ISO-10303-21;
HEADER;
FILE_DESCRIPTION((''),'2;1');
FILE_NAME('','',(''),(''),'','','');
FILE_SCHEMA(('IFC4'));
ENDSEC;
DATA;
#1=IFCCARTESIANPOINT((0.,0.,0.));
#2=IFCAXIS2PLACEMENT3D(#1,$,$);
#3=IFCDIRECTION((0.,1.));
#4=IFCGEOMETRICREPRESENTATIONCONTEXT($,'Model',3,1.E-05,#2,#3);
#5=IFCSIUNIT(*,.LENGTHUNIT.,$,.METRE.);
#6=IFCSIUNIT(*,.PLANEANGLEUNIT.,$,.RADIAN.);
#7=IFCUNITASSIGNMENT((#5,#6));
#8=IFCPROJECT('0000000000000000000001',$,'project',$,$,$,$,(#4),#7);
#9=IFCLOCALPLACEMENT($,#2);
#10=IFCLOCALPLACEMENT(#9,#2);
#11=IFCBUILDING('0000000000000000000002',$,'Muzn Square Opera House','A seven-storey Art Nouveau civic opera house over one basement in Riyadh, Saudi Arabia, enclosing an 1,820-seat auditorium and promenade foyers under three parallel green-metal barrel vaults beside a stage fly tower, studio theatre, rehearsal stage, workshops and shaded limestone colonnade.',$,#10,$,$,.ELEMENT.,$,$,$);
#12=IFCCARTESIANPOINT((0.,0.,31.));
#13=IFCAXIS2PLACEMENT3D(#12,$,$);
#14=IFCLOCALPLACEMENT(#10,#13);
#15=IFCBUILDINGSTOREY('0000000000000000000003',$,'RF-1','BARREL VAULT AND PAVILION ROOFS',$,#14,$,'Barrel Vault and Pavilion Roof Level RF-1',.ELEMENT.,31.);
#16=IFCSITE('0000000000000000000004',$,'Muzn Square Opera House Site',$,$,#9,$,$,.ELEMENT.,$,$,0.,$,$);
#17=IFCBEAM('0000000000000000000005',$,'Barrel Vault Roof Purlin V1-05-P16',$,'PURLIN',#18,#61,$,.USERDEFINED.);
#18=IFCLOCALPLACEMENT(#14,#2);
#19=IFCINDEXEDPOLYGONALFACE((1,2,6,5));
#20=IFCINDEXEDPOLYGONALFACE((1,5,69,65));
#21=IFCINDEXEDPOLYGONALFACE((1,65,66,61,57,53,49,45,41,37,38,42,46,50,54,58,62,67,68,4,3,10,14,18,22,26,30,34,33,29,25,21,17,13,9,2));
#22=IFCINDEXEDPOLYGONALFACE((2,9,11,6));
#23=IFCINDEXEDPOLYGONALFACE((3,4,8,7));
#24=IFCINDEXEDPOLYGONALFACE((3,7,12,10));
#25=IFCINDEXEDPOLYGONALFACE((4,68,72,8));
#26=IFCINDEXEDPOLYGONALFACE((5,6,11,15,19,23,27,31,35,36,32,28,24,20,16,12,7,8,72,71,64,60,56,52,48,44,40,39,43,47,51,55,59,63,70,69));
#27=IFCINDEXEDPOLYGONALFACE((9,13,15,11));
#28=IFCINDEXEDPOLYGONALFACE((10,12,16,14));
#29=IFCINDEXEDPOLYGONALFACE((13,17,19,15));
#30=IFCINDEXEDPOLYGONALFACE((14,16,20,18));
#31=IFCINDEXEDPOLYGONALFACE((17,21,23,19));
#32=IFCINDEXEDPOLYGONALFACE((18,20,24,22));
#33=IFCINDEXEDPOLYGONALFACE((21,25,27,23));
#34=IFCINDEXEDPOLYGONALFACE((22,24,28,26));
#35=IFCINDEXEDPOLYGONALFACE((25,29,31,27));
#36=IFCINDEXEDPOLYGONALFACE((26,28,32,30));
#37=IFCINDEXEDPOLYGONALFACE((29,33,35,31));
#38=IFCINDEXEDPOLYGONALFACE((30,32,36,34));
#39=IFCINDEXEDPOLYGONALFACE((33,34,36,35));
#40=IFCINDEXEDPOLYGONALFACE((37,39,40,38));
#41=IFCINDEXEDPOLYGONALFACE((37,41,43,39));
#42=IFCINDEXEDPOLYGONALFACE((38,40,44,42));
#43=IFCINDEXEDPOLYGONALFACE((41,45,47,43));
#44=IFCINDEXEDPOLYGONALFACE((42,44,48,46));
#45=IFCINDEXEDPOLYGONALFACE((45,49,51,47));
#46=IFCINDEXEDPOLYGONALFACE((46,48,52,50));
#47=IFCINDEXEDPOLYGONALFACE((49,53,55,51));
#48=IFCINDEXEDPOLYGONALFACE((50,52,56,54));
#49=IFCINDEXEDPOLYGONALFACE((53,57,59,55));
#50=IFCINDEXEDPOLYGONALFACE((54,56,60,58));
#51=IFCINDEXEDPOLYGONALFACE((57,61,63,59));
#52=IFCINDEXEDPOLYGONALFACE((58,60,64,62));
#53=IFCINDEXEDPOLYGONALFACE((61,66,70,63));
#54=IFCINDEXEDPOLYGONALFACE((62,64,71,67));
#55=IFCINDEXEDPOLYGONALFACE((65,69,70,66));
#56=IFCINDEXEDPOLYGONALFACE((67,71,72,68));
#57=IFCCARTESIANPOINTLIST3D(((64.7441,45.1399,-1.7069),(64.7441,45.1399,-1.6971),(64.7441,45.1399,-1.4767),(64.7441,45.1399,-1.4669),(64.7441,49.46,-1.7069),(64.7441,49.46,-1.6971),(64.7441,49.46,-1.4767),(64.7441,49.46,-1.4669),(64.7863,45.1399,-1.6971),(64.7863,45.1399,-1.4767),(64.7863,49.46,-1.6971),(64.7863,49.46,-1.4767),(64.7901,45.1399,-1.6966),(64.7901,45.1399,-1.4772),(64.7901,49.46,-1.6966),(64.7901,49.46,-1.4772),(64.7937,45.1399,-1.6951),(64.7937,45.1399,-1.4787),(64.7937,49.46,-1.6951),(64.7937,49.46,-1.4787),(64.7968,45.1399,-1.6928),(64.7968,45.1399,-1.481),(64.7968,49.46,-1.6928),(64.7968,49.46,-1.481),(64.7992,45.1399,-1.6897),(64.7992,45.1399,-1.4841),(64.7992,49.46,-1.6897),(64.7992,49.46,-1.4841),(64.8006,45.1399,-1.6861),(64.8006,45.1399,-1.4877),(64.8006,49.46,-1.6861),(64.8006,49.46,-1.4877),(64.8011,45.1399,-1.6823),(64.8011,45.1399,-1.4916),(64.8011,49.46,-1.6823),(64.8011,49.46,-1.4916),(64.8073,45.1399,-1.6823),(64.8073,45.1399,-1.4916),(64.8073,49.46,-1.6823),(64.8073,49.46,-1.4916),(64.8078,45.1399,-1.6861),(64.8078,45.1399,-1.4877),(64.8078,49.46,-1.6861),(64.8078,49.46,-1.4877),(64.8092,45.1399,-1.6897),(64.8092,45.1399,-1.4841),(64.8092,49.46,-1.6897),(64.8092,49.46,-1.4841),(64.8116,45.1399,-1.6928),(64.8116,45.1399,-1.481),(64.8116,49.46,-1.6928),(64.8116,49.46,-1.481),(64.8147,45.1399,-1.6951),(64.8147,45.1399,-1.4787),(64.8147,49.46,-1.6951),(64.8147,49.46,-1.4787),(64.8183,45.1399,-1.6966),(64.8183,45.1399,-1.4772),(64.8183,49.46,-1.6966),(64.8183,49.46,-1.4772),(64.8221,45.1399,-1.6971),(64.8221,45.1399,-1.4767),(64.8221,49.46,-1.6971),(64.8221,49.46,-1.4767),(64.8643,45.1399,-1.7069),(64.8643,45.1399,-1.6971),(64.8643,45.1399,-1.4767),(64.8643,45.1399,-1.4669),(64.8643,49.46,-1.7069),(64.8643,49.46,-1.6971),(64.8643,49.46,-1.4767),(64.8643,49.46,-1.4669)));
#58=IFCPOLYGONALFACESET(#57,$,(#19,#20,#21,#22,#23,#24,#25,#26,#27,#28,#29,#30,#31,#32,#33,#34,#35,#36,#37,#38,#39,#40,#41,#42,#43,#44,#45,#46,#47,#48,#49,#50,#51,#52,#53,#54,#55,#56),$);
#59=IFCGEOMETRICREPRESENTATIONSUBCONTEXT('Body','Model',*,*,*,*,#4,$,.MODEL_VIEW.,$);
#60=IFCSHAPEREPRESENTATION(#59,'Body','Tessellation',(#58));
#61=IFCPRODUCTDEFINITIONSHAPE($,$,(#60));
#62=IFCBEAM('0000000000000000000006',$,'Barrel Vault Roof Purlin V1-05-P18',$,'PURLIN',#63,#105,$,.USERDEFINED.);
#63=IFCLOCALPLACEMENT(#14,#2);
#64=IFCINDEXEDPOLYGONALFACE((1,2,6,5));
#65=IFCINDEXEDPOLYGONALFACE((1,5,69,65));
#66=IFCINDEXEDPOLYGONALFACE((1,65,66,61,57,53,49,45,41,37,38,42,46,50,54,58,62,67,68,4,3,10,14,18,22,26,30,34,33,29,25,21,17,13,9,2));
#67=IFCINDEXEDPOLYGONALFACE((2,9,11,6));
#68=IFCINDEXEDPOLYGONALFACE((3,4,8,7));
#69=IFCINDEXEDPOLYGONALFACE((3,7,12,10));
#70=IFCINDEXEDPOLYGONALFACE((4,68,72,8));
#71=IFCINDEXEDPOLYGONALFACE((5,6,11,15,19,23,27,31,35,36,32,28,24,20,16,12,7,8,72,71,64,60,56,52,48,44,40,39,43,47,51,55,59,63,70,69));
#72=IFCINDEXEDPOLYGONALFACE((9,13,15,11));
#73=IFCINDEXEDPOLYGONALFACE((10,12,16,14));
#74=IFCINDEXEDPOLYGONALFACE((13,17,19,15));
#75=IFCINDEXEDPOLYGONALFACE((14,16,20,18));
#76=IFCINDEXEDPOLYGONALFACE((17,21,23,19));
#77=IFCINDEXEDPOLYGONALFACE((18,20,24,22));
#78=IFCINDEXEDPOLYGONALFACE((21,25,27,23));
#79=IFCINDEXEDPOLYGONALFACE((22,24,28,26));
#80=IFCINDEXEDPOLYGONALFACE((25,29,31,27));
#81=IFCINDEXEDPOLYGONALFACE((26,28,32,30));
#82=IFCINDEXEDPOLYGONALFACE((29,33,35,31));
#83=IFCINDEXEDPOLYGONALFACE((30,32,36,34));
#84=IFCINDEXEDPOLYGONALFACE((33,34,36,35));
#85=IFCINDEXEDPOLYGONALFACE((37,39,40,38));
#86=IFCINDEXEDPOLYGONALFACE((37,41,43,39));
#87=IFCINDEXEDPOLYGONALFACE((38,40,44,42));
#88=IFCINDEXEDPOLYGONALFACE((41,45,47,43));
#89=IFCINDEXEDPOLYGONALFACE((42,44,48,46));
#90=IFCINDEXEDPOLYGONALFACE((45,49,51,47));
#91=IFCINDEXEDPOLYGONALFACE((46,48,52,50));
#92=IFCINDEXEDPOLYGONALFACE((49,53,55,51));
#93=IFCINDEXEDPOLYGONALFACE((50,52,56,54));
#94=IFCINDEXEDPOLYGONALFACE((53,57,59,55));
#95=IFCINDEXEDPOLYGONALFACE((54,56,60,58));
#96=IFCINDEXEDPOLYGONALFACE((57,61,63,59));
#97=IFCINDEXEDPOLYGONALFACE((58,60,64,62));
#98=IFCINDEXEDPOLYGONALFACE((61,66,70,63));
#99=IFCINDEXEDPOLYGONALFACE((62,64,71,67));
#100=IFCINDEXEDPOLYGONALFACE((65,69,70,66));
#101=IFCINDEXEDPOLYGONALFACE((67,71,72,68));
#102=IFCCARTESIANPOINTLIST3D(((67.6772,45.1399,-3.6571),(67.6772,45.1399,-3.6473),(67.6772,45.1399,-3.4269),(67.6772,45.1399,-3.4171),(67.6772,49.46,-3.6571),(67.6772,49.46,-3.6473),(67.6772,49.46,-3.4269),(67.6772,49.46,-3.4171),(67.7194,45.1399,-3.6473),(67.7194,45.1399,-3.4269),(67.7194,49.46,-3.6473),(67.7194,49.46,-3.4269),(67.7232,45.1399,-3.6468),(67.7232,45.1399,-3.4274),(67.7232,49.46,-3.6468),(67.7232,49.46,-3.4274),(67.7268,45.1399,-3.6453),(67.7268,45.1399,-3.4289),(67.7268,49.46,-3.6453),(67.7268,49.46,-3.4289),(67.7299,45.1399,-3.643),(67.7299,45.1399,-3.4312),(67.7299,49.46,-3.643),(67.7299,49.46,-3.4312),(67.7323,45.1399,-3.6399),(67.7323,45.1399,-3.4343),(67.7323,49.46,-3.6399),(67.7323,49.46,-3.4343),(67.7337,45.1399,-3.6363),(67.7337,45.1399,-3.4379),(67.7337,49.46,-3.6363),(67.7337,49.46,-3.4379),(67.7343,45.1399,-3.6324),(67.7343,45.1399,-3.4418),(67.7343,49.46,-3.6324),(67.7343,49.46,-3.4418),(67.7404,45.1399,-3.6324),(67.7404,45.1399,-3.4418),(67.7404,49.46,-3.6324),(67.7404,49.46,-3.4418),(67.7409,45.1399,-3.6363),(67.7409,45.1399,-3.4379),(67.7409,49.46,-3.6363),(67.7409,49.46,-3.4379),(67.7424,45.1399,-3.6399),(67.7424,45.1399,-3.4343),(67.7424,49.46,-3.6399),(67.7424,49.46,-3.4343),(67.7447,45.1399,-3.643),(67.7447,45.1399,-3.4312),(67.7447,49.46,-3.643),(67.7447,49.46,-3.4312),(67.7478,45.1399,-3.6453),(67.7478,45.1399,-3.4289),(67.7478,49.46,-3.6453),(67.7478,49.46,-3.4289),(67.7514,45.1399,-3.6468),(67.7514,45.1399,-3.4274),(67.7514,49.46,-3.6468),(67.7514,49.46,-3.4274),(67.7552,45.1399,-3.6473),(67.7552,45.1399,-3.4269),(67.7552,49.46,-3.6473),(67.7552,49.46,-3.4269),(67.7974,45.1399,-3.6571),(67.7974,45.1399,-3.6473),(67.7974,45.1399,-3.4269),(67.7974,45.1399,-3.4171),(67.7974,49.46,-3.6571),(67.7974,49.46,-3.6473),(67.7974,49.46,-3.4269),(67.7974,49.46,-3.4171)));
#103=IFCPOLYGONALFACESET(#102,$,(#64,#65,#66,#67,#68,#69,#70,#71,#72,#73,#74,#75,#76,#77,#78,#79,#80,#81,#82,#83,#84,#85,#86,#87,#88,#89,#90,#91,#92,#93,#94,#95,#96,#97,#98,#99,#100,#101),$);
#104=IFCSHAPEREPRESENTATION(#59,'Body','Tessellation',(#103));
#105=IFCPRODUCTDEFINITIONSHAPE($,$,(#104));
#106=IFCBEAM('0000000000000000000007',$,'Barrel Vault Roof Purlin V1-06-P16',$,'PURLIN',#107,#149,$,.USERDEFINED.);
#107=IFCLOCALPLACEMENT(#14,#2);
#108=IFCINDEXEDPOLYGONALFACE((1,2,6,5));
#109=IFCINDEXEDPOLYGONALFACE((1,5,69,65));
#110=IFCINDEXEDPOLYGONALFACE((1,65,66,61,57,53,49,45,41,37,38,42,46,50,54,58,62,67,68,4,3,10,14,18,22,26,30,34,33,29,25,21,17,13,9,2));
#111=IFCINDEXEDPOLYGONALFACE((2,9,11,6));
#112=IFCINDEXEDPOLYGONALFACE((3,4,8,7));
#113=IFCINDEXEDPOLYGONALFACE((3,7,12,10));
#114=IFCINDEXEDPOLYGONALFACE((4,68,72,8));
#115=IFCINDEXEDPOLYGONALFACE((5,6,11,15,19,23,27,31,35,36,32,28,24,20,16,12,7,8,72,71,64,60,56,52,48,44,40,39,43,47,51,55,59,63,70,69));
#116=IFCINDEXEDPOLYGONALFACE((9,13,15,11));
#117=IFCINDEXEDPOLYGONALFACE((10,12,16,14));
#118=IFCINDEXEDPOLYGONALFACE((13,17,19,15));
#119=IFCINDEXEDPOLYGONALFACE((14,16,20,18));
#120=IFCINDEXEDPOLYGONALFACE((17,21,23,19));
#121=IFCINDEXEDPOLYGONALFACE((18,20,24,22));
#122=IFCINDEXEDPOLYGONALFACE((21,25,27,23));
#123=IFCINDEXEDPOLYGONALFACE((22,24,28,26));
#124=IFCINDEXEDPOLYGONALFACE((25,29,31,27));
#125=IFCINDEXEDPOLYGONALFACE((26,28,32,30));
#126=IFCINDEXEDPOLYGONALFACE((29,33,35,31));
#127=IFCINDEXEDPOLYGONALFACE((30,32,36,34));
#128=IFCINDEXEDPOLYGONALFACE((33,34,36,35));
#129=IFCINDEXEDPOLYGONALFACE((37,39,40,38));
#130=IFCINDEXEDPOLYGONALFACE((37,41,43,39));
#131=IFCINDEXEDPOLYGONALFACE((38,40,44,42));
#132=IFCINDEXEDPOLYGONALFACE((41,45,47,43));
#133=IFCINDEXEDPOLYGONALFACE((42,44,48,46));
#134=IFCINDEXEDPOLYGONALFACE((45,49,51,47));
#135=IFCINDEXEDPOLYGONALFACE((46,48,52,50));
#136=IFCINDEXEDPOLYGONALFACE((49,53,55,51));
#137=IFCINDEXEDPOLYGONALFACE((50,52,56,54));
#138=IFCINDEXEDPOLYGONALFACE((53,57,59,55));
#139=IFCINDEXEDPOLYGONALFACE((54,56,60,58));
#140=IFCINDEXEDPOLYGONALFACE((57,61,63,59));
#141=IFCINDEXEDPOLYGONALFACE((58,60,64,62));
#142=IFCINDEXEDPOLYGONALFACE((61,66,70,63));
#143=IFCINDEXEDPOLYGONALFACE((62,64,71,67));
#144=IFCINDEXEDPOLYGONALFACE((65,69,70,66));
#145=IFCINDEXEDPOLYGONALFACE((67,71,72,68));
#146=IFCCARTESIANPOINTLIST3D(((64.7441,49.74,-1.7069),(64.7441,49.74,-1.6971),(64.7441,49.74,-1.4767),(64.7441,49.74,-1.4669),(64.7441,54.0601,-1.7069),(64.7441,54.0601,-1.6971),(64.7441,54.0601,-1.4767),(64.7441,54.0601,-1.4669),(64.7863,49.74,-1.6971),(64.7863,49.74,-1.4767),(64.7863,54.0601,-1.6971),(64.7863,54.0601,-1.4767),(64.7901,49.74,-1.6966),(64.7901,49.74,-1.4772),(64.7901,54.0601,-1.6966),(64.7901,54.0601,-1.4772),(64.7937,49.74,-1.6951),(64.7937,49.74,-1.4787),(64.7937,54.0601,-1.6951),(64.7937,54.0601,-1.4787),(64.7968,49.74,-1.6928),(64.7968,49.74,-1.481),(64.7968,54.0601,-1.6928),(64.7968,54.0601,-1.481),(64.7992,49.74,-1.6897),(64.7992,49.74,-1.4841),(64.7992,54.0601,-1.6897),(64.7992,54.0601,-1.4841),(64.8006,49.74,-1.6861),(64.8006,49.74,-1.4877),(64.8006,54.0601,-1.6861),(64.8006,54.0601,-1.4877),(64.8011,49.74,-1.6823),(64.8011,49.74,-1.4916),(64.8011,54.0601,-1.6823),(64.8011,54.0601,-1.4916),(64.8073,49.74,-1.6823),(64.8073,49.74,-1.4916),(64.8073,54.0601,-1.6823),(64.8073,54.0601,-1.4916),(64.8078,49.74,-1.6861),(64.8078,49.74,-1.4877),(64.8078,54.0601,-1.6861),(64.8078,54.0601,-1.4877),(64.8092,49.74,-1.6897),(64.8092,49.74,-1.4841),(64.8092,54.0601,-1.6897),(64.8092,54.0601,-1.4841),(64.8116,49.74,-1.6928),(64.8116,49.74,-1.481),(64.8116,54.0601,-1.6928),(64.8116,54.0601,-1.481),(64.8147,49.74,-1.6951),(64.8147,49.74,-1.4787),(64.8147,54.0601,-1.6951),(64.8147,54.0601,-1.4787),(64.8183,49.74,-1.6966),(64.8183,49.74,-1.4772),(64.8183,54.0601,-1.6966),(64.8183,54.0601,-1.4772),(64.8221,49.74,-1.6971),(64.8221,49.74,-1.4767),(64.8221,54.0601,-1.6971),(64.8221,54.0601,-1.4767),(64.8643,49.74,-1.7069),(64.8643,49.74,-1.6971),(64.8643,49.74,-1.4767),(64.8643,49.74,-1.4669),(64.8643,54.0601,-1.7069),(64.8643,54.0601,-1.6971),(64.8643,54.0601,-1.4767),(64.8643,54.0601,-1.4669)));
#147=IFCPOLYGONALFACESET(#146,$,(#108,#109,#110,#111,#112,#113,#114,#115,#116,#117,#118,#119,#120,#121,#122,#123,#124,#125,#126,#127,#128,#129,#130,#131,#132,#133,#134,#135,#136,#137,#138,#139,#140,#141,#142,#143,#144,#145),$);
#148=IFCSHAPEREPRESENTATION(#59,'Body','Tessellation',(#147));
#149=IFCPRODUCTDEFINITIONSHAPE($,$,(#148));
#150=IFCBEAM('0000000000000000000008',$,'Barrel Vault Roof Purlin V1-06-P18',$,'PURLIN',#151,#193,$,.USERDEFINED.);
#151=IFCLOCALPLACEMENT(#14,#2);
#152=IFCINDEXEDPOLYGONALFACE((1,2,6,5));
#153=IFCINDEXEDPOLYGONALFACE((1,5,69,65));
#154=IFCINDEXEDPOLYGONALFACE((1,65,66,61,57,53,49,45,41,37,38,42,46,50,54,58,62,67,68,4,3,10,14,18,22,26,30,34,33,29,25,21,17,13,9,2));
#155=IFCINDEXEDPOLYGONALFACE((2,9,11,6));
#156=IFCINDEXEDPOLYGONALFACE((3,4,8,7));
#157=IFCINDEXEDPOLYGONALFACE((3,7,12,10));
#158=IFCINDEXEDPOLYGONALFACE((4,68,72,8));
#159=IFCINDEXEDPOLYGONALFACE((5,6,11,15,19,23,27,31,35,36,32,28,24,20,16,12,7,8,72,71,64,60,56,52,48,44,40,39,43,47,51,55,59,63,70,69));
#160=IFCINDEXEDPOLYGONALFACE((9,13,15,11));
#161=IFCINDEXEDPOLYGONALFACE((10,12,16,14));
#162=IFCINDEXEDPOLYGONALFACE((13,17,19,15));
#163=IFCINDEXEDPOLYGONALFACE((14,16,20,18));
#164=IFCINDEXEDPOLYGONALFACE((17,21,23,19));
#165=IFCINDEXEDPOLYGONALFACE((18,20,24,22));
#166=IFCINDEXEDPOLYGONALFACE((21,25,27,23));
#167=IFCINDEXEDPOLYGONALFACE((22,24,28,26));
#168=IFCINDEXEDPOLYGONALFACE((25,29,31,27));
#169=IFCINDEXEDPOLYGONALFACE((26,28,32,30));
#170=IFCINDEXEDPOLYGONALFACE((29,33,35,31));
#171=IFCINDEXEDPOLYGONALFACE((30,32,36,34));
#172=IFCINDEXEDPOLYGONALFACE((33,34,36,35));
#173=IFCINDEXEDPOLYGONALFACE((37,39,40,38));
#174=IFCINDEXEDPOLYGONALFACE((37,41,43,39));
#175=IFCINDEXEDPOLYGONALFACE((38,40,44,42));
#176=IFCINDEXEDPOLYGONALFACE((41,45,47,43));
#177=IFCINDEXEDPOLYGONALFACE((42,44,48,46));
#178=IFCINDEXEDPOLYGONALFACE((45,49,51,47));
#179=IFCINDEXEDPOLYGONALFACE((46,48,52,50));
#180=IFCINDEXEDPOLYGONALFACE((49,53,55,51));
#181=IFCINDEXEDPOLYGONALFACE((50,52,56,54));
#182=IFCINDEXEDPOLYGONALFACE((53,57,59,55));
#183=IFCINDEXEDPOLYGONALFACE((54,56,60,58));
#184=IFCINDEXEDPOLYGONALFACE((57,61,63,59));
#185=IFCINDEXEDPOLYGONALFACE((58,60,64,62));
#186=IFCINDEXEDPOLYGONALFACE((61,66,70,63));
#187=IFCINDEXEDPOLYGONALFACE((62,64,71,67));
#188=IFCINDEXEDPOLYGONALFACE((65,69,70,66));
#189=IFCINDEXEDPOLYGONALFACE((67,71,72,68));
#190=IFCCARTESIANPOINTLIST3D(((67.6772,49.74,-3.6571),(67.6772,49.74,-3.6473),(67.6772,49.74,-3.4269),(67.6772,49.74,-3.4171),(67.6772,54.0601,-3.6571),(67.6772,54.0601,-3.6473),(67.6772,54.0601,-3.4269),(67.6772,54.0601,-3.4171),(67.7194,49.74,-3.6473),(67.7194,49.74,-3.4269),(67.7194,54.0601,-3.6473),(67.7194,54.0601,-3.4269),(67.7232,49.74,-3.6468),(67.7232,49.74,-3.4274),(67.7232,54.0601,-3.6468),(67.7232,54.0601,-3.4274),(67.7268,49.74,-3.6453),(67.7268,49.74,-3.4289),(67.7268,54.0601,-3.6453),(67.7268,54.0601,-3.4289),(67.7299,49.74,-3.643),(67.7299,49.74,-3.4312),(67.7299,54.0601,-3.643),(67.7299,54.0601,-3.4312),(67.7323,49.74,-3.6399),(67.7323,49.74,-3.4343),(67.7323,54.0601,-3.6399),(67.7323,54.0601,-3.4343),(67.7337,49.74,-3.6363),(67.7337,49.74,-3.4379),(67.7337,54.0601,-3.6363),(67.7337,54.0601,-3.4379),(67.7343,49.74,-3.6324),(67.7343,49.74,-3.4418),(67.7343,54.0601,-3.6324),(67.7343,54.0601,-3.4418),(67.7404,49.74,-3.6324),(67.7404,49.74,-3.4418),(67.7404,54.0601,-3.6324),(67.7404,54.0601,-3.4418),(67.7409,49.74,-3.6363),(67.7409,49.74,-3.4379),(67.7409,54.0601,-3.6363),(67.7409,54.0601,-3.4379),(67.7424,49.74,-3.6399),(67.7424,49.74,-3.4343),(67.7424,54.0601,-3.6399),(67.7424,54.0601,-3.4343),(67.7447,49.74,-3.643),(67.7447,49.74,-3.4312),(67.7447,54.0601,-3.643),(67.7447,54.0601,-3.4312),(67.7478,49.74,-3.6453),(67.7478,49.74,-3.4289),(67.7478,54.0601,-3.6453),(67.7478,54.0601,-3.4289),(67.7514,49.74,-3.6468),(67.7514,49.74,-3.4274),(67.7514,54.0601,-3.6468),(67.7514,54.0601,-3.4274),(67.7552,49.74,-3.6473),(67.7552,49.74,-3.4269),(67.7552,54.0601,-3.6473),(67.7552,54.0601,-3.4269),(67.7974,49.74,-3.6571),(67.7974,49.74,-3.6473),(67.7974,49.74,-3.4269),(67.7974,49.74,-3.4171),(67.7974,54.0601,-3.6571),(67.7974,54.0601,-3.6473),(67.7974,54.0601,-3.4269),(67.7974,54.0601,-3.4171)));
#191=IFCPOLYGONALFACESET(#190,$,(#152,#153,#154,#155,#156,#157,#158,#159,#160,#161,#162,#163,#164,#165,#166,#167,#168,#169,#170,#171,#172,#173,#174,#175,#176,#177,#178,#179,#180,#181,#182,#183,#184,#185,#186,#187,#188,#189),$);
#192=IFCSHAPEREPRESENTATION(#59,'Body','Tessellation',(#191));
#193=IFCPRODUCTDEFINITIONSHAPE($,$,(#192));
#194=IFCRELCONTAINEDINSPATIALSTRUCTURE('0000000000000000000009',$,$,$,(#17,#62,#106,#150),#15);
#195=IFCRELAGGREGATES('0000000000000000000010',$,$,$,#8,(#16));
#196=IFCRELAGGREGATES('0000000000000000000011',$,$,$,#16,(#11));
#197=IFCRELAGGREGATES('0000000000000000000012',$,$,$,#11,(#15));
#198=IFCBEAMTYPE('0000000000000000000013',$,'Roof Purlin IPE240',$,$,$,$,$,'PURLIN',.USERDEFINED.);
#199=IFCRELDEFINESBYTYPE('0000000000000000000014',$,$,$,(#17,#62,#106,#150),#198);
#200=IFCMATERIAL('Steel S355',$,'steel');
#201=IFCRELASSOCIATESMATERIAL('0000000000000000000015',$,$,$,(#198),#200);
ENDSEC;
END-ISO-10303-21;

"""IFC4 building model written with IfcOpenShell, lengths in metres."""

from ifc_helpers import new_model, si_unit, direction, frame, origin, origin_2d, place, context, subcontext, project, spatial, i_section, extrude, material, material_profile, profile_set, type_object, element, save


model = new_model("IFC4")

# Units and contexts
model_context = context("Model", 3, precision=1e-05, world=origin(), true_north=direction((0.0, 1.0)))
body_context = subcontext(model_context, "Body", "Model", "MODEL_VIEW")
ifc_project = project(units=[si_unit("LENGTHUNIT", "METRE"), si_unit("PLANEANGLEUNIT", "RADIAN")], contexts=[model_context])

# Site, building, storey
site_placement = place(None, origin())
site = spatial("IfcSite", under=ifc_project, at=site_placement, Name="Muzn Square Opera House Site", CompositionType="ELEMENT", RefElevation=0.0)
building_placement = place(site_placement, origin())
building = spatial("IfcBuilding", under=site, at=building_placement, Name="Muzn Square Opera House", Description="A seven-storey Art Nouveau civic opera house over one basement in Riyadh, Saudi Arabia, enclosing an 1,820-seat auditorium and promenade foyers under three parallel green-metal barrel vaults beside a stage fly tower, studio theatre, rehearsal stage, workshops and shaded limestone colonnade.", CompositionType="ELEMENT")
storey_placement = place(building_placement, frame((0.0, 0.0, 31.0)))
storey = spatial("IfcBuildingStorey", under=building, at=storey_placement, Name="RF-1", Description="BARREL VAULT AND PAVILION ROOFS", LongName="Barrel Vault and Pavilion Roof Level RF-1", CompositionType="ELEMENT", Elevation=31.0)

# Beams
ifc_material_1 = material(Name="Steel S355", Category="steel")
ifc_material_profile_1 = material_profile(ifc_material_1, i_section(OverallWidth=0.1201, OverallDepth=0.24, WebThickness=0.0061, FlangeThickness=0.0098, FilletRadius=0.0149, at=origin_2d()), Name="IPE 240", Category="steel")
ifc_profile_set_1 = profile_set([ifc_material_profile_1], Name="Steel S355")
beam_type_1 = type_object("IfcBeamType", Name="Roof Purlin IPE240", ElementType="PURLIN", PredefinedType="USERDEFINED", material=ifc_profile_set_1)
for number, where, z_axis, x_axis, name in (
    (1, (64.8042, 45.1399, -1.5869), (0.0, 1.0, 0.0), (-1.0, 0.0, 0.0), "Barrel Vault Roof Purlin V1-05-P16"),
    (2, (67.7373, 45.1399, -3.5371), (0.0, 1.0, 0.0), (-1.0, 0.0, 0.0), "Barrel Vault Roof Purlin V1-05-P18"),
    (3, (64.8042, 49.74, -1.5869), (0.0, 1.0, 0.0), (-1.0, 0.0, 0.0), "Barrel Vault Roof Purlin V1-06-P16"),
    (4, (67.7373, 49.74, -3.5371), (0.0, 1.0, 0.0), (-1.0, 0.0, 0.0), "Barrel Vault Roof Purlin V1-06-P18"),
):
    element("IfcBeam", number, at=place(storey_placement, frame(where, z_axis=z_axis, x_axis=x_axis)), inside=storey, type_object=beam_type_1, Name=name, ObjectType="PURLIN", PredefinedType="USERDEFINED", context=body_context, shape_type="SweptSolid", body=[
        extrude(i_section(OverallWidth=0.1201, OverallDepth=0.24, WebThickness=0.0061, FlangeThickness=0.0098, FilletRadius=0.0149, at=origin_2d()), origin(), (0.0, 0.0, 1.0), 4.3201),
    ])

save(model, "model.ifc")
